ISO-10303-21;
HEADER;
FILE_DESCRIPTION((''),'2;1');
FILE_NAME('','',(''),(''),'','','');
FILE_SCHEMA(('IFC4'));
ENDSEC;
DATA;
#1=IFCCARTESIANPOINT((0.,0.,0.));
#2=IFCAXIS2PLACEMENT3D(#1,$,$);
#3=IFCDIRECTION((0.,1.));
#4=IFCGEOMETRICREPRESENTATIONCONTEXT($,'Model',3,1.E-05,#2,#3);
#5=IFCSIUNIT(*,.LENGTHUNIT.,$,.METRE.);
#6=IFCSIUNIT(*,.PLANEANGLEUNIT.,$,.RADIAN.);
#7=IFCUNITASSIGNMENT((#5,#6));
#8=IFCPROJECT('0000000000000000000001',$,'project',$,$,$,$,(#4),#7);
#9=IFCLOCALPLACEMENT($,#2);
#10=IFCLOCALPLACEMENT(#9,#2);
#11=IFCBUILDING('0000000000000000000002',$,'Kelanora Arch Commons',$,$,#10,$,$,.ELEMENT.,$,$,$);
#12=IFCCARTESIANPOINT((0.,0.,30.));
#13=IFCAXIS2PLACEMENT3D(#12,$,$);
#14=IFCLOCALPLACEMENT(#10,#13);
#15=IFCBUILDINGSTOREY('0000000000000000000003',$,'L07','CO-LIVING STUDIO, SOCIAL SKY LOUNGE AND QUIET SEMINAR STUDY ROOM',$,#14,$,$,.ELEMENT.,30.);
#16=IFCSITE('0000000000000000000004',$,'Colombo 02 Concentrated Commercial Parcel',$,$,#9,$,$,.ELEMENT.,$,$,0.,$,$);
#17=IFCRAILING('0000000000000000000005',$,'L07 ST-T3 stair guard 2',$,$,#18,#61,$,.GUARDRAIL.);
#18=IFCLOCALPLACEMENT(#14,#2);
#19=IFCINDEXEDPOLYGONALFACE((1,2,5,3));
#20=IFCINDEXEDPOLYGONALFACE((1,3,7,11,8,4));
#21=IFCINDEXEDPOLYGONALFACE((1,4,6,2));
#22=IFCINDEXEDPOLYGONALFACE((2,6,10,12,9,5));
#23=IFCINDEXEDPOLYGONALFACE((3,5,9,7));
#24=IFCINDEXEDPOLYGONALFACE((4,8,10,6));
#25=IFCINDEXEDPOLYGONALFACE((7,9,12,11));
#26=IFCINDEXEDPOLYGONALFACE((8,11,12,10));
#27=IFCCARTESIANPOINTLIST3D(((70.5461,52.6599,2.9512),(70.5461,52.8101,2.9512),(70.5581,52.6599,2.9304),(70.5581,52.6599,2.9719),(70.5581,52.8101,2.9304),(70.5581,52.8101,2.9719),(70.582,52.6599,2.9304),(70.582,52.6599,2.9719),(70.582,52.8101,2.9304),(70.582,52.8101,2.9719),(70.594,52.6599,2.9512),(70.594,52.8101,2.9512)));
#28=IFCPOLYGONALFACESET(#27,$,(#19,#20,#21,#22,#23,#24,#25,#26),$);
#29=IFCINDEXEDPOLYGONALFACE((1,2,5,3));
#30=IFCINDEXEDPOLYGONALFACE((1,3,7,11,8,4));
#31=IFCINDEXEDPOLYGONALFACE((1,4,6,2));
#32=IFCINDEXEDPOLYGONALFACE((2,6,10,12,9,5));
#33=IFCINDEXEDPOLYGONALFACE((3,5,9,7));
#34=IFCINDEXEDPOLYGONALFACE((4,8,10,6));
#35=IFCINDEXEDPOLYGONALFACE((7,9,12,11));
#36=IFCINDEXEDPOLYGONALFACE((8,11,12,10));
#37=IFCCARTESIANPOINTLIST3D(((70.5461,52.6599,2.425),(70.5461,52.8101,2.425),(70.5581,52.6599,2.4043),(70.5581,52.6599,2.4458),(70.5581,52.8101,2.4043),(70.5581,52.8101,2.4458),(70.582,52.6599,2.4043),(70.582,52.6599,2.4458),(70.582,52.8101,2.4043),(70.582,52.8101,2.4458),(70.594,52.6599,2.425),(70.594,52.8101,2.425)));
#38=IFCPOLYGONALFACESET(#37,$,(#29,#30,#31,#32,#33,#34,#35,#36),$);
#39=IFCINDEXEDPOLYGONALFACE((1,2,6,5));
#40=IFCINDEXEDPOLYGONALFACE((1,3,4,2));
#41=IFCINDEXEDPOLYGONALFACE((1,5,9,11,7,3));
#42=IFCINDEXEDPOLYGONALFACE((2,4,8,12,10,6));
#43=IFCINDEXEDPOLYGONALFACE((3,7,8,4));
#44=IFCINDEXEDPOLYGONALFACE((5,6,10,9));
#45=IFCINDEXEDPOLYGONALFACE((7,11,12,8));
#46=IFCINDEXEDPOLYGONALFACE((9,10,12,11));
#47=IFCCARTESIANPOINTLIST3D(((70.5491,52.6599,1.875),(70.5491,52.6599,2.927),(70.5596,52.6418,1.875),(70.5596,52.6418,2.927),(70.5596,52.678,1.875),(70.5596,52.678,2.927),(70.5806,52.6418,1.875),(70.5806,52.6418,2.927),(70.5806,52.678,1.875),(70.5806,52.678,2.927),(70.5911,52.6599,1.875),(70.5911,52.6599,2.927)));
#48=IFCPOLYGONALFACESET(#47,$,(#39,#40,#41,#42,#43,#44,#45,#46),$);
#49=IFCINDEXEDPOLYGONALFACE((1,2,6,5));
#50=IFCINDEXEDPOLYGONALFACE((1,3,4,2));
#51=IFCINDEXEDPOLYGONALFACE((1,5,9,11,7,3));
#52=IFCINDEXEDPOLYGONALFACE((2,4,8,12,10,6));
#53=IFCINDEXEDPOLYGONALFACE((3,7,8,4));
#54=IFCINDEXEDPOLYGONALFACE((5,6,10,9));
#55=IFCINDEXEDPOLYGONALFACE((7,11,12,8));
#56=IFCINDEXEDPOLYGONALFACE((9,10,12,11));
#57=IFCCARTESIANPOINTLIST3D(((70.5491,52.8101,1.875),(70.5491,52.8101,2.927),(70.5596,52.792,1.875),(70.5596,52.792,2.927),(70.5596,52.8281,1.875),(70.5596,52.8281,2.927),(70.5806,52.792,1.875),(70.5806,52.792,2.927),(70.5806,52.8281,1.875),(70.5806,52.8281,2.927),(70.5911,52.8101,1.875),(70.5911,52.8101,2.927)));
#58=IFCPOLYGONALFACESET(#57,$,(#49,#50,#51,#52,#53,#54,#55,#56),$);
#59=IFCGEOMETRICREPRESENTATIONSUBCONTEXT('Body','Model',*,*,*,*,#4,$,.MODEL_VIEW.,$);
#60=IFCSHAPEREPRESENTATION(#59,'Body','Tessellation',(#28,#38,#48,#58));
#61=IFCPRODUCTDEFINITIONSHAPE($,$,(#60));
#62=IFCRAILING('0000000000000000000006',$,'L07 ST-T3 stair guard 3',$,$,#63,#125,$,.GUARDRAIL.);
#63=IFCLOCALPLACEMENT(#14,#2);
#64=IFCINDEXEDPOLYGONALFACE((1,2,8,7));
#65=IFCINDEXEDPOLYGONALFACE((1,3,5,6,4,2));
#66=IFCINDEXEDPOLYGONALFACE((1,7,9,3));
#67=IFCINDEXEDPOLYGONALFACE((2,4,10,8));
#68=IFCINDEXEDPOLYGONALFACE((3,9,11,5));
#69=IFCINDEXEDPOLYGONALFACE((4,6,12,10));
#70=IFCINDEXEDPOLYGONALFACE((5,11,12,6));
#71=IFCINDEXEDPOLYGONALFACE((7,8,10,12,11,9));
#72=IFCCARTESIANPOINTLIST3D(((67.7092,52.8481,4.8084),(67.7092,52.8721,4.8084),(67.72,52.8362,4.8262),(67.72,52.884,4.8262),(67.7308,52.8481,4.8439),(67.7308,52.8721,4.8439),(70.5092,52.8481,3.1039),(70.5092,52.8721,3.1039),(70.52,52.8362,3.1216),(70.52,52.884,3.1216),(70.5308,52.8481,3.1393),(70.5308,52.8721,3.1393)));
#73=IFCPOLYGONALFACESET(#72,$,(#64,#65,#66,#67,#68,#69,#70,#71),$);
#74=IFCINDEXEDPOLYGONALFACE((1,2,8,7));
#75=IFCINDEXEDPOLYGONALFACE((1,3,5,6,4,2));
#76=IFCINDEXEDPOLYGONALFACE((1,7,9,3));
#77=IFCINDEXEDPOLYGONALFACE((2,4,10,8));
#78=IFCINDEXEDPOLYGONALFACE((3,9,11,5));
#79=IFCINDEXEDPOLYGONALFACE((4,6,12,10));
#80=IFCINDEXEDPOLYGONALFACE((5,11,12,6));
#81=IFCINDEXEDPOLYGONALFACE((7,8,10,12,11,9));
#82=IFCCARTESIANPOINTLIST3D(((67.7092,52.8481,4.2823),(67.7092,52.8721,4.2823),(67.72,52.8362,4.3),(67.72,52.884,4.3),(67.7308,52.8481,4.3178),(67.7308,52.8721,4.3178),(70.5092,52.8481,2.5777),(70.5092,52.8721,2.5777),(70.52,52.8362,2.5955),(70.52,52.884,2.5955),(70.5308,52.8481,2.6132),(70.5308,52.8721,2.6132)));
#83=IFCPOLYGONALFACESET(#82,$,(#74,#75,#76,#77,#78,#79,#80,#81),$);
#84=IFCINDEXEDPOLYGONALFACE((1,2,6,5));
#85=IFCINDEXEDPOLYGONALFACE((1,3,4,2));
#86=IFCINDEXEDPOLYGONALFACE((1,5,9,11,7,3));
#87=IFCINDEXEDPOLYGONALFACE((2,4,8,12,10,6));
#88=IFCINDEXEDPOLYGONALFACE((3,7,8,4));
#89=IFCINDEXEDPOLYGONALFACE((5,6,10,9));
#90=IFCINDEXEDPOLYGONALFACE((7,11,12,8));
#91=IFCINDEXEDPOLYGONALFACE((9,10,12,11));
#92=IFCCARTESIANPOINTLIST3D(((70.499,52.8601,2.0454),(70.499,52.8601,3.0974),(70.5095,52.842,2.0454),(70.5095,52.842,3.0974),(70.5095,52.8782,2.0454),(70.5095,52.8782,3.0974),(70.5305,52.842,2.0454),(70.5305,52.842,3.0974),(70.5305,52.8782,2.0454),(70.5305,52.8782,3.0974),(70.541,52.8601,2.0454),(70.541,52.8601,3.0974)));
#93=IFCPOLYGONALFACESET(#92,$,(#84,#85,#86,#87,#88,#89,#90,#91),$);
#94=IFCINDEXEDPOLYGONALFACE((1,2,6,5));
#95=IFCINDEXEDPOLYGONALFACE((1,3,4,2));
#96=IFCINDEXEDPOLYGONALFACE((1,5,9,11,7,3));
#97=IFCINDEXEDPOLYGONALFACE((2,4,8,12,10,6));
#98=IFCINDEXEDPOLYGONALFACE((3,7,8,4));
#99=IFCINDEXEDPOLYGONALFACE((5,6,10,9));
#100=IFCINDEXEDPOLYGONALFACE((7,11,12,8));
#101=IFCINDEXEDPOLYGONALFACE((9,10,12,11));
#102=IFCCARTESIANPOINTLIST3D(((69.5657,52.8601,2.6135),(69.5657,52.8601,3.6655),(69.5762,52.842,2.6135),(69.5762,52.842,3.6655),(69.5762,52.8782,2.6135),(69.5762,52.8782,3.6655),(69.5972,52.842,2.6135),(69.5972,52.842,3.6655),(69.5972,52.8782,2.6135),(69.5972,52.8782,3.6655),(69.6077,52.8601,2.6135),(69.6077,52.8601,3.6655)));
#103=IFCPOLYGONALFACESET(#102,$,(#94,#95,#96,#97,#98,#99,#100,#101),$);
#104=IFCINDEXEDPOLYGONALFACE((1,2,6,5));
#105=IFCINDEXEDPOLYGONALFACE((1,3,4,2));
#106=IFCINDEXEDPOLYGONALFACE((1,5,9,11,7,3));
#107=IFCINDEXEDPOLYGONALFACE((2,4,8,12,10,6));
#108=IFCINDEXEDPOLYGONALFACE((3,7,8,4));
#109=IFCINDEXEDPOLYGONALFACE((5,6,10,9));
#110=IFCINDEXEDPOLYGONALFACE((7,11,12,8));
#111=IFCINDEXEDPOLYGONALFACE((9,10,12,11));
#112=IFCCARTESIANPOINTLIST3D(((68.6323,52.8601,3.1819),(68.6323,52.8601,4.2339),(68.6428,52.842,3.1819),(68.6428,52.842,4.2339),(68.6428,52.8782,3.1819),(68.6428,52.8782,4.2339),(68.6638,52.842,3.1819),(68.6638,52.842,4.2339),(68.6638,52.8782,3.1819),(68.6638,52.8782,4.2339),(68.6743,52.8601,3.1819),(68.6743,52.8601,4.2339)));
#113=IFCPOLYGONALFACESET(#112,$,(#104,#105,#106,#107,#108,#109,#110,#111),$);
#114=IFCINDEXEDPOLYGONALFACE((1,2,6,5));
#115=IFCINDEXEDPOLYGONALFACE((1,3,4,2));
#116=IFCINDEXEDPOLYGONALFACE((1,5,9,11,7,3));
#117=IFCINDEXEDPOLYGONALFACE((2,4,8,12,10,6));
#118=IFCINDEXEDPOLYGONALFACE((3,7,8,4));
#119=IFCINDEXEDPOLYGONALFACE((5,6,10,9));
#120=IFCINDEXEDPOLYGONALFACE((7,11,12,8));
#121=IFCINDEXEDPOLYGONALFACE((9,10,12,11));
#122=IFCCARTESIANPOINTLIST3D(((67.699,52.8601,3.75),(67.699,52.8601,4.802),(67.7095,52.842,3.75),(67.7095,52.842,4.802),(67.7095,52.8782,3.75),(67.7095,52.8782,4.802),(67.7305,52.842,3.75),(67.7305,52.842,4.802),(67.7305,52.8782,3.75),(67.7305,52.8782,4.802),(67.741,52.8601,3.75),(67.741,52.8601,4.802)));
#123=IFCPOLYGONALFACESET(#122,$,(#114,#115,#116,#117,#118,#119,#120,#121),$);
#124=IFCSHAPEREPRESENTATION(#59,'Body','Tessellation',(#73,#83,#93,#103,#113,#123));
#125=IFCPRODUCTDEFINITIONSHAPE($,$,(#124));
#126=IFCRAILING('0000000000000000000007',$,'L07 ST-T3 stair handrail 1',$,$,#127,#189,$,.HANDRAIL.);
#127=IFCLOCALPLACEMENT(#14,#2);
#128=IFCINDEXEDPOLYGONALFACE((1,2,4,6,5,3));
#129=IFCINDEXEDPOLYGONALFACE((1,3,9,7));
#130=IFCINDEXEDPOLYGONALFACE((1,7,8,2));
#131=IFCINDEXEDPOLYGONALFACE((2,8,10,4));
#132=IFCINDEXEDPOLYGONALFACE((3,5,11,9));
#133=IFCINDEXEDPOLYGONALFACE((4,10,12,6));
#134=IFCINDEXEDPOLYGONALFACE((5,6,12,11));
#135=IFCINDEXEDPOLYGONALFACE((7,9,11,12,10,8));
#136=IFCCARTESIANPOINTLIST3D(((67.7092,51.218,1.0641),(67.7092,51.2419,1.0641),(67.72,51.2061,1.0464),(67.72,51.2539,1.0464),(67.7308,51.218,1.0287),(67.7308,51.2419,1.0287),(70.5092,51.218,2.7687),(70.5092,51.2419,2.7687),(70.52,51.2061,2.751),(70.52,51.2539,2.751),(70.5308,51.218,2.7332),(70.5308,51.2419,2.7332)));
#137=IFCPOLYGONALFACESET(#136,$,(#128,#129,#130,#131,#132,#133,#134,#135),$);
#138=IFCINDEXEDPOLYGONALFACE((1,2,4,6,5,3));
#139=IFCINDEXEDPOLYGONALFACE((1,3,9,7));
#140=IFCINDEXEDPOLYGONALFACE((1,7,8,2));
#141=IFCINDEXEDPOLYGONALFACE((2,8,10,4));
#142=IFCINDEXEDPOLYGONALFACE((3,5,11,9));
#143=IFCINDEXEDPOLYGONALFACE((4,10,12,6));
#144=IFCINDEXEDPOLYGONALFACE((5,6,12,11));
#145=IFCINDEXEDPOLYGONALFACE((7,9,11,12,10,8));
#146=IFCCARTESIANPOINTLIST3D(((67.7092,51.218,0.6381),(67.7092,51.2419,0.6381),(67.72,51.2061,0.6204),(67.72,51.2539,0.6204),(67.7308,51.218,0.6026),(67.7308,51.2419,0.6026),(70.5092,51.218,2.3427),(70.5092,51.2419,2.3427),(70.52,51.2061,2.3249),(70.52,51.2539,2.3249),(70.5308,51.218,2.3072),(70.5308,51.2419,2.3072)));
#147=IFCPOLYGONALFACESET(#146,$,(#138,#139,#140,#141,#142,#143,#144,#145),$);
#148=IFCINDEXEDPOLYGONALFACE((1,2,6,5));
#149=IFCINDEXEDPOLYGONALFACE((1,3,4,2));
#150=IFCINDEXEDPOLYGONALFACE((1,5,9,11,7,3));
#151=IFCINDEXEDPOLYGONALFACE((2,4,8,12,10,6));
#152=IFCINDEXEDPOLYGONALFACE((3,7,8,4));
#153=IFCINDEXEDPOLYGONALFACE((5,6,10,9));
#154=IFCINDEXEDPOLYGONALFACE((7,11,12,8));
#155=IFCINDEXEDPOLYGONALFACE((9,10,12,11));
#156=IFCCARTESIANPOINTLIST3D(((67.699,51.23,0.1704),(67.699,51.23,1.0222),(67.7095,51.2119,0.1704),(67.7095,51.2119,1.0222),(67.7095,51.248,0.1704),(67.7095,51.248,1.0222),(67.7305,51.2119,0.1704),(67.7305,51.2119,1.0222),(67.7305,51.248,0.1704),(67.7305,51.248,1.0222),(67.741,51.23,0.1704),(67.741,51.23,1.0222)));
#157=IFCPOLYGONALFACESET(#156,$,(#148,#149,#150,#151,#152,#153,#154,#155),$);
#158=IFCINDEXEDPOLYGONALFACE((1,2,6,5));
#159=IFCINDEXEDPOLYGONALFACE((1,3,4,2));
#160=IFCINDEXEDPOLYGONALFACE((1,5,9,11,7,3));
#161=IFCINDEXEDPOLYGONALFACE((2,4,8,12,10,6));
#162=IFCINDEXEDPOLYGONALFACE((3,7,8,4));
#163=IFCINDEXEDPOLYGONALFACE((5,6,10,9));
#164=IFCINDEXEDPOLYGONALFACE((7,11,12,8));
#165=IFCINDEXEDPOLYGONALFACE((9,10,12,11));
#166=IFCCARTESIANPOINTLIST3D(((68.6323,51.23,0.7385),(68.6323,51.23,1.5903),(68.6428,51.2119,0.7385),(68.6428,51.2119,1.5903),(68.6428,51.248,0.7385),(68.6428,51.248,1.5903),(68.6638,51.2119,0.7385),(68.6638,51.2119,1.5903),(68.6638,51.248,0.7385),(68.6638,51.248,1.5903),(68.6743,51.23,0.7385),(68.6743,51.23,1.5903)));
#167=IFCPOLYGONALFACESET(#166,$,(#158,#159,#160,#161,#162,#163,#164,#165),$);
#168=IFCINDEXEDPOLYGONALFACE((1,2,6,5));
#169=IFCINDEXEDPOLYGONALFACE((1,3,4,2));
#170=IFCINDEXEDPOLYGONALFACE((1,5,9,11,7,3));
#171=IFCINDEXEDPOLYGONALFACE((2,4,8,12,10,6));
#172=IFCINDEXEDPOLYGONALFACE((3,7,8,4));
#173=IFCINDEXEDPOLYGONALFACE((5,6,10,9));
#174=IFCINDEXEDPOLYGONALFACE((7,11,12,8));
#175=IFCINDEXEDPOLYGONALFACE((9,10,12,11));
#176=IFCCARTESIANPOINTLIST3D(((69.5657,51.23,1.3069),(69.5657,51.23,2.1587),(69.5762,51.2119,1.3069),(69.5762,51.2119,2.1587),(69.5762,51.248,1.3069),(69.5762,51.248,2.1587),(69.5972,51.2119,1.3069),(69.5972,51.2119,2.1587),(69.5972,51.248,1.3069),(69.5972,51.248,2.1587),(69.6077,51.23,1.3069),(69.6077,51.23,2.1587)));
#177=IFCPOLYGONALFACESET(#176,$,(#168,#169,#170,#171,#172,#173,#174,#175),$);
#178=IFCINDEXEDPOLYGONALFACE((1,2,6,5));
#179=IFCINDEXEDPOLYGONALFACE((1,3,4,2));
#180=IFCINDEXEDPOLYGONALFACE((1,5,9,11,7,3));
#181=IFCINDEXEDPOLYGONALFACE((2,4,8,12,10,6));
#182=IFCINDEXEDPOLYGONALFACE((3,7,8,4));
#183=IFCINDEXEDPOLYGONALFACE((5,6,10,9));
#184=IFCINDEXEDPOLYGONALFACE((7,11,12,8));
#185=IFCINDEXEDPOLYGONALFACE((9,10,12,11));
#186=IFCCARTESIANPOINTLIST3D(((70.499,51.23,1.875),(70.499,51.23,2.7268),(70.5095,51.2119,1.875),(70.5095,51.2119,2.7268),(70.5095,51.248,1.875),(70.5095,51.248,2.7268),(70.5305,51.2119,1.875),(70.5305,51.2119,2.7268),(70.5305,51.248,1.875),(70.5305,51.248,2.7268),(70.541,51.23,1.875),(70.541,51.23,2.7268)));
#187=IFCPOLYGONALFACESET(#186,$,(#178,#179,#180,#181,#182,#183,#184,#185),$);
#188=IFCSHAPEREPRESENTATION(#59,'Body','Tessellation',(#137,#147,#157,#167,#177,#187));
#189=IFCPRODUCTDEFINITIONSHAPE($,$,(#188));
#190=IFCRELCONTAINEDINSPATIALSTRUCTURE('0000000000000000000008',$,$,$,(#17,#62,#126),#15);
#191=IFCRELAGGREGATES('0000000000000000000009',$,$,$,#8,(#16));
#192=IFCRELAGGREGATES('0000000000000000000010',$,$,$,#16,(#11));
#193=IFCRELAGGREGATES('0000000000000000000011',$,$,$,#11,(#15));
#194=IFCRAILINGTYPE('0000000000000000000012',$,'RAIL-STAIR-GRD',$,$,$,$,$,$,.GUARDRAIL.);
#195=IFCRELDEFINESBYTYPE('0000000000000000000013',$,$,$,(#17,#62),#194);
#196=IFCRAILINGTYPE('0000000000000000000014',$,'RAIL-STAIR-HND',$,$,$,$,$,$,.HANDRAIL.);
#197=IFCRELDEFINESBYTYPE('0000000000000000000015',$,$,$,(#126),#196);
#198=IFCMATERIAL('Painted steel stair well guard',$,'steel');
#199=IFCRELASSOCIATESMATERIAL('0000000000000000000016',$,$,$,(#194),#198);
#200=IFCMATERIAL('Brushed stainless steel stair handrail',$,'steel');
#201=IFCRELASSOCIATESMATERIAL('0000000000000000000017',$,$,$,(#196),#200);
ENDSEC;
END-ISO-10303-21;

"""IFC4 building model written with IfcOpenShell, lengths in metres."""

from ifc_helpers import new_model, si_unit, direction, frame, origin, place, context, subcontext, project, spatial, polyline, outline, extrude, material, type_object, element, save


model = new_model("IFC4")

# Units and contexts
model_context = context("Model", 3, precision=1e-05, world=origin(), true_north=direction((0.0, 1.0)))
body_context = subcontext(model_context, "Body", "Model", "MODEL_VIEW")
ifc_project = project(units=[si_unit("LENGTHUNIT", "METRE"), si_unit("PLANEANGLEUNIT", "RADIAN")], contexts=[model_context])

# Site, building, storey
site_placement = place(None, origin())
site = spatial("IfcSite", under=ifc_project, at=site_placement, Name="Colombo 02 Concentrated Commercial Parcel", CompositionType="ELEMENT", RefElevation=0.0)
building_placement = place(site_placement, origin())
building = spatial("IfcBuilding", under=site, at=building_placement, Name="Kelanora Arch Commons", CompositionType="ELEMENT")
storey_placement = place(building_placement, frame((0.0, 0.0, 30.0)))
storey = spatial("IfcBuildingStorey", under=building, at=storey_placement, Name="L07", Description="CO-LIVING STUDIO, SOCIAL SKY LOUNGE AND QUIET SEMINAR STUDY ROOM", CompositionType="ELEMENT", Elevation=30.0)

# Railings
ifc_material_1 = material(Name="Painted steel stair well guard", Category="steel")
railing_type_1 = type_object("IfcRailingType", Name="RAIL-STAIR-GRD", PredefinedType="GUARDRAIL", material=ifc_material_1)
railing_1_placement = place(storey_placement, frame((70.5701, 52.6599, 1.875)))
element("IfcRailing", 1, at=railing_1_placement, inside=storey, type_object=railing_type_1, Name="L07 ST-T3 stair guard 2", PredefinedType="GUARDRAIL", context=body_context, shape_type="SweptSolid", body=[
    extrude(outline(polyline([(0.0239, 0.0), (0.012, 0.0208), (-0.012, 0.0208), (-0.0239, 0.0), (-0.012, -0.0208), (0.012, -0.0208), (0.0239, 0.0)])), frame((0.0, 0.0, 1.0762), z_axis=(0.0, 1.0, 0.0), x_axis=(-1.0, 0.0, 0.0)), (0.0, 0.0, 1.0), 0.1501),
    extrude(outline(polyline([(0.0239, 0.0), (0.012, 0.0208), (-0.012, 0.0208), (-0.0239, 0.0), (-0.012, -0.0208), (0.012, -0.0208), (0.0239, 0.0)])), frame((0.0, 0.0, 0.55), z_axis=(0.0, 1.0, 0.0), x_axis=(-1.0, 0.0, 0.0)), (0.0, 0.0, 1.0), 0.1501),
    extrude(outline(polyline([(0.021, 0.0), (0.0105, 0.0181), (-0.0105, 0.0181), (-0.021, 0.0), (-0.0105, -0.0181), (0.0105, -0.0181), (0.021, 0.0)])), origin(), (0.0, 0.0, 1.0), 1.052),
    extrude(outline(polyline([(0.021, 0.0), (0.0105, 0.0181), (-0.0105, 0.0181), (-0.021, 0.0), (-0.0105, -0.0181), (0.0105, -0.0181), (0.021, 0.0)])), frame((0.0, 0.1501, 0.0)), (0.0, 0.0, 1.0), 1.052),
])
railing_2_placement = place(storey_placement, frame((70.52, 52.8601, 2.0454)))
element("IfcRailing", 2, at=railing_2_placement, inside=storey, type_object=railing_type_1, Name="L07 ST-T3 stair guard 3", PredefinedType="GUARDRAIL", context=body_context, shape_type="SweptSolid", body=[
    extrude(outline(polyline([(0.0239, 0.0), (0.012, 0.0208), (-0.012, 0.0208), (-0.0239, 0.0), (-0.012, -0.0208), (0.012, -0.0208), (0.0239, 0.0)])), frame((0.0, 0.0, 1.0762), z_axis=(-0.85417, 0.0, 0.519994), x_axis=(0.0, -1.0, 0.0)), (0.0, 0.0, 1.0), 3.2781),
    extrude(outline(polyline([(0.0239, 0.0), (0.012, 0.0208), (-0.012, 0.0208), (-0.0239, 0.0), (-0.012, -0.0208), (0.012, -0.0208), (0.0239, 0.0)])), frame((0.0, 0.0, 0.55), z_axis=(-0.85417, 0.0, 0.519994), x_axis=(0.0, -1.0, 0.0)), (0.0, 0.0, 1.0), 3.2781),
    extrude(outline(polyline([(0.021, 0.0), (0.0105, 0.0181), (-0.0105, 0.0181), (-0.021, 0.0), (-0.0105, -0.0181), (0.0105, -0.0181), (0.021, 0.0)])), origin(), (0.0, 0.0, 1.0), 1.052),
    extrude(outline(polyline([(0.021, 0.0), (0.0105, 0.0181), (-0.0105, 0.0181), (-0.021, 0.0), (-0.0105, -0.0181), (0.0105, -0.0181), (0.021, 0.0)])), frame((-0.9333, 0.0, 0.5681)), (0.0, 0.0, 1.0), 1.052),
    extrude(outline(polyline([(0.021, 0.0), (0.0105, 0.0181), (-0.0105, 0.0181), (-0.021, 0.0), (-0.0105, -0.0181), (0.0105, -0.0181), (0.021, 0.0)])), frame((-1.8667, 0.0, 1.1365)), (0.0, 0.0, 1.0), 1.052),
    extrude(outline(polyline([(0.021, 0.0), (0.0105, 0.0181), (-0.0105, 0.0181), (-0.021, 0.0), (-0.0105, -0.0181), (0.0105, -0.0181), (0.021, 0.0)])), frame((-2.8, 0.0, 1.7046)), (0.0, 0.0, 1.0), 1.052),
])
ifc_material_2 = material(Name="Brushed stainless steel stair handrail", Category="steel")
railing_type_2 = type_object("IfcRailingType", Name="RAIL-STAIR-HND", PredefinedType="HANDRAIL", material=ifc_material_2)
railing_3_placement = place(storey_placement, frame((67.72, 51.23, 0.1704)))
element("IfcRailing", 3, at=railing_3_placement, inside=storey, type_object=railing_type_2, Name="L07 ST-T3 stair handrail 1", PredefinedType="HANDRAIL", context=body_context, shape_type="SweptSolid", body=[
    extrude(outline(polyline([(0.0239, 0.0), (0.012, 0.0208), (-0.012, 0.0208), (-0.0239, 0.0), (-0.012, -0.0208), (0.012, -0.0208), (0.0239, 0.0)])), frame((0.0, 0.0, 0.876), z_axis=(0.85417, 0.0, 0.519994), x_axis=(0.0, 1.0, 0.0)), (0.0, 0.0, 1.0), 3.2781),
    extrude(outline(polyline([(0.0239, 0.0), (0.012, 0.0208), (-0.012, 0.0208), (-0.0239, 0.0), (-0.012, -0.0208), (0.012, -0.0208), (0.0239, 0.0)])), frame((0.0, 0.0, 0.45), z_axis=(0.85417, 0.0, 0.519994), x_axis=(0.0, 1.0, 0.0)), (0.0, 0.0, 1.0), 3.2781),
    extrude(outline(polyline([(0.021, 0.0), (0.0105, 0.0181), (-0.0105, 0.0181), (-0.021, 0.0), (-0.0105, -0.0181), (0.0105, -0.0181), (0.021, 0.0)])), origin(), (0.0, 0.0, 1.0), 0.8518),
    extrude(outline(polyline([(0.021, 0.0), (0.0105, 0.0181), (-0.0105, 0.0181), (-0.021, 0.0), (-0.0105, -0.0181), (0.0105, -0.0181), (0.021, 0.0)])), frame((0.9333, 0.0, 0.5681)), (0.0, 0.0, 1.0), 0.8518),
    extrude(outline(polyline([(0.021, 0.0), (0.0105, 0.0181), (-0.0105, 0.0181), (-0.021, 0.0), (-0.0105, -0.0181), (0.0105, -0.0181), (0.021, 0.0)])), frame((1.8667, 0.0, 1.1365)), (0.0, 0.0, 1.0), 0.8518),
    extrude(outline(polyline([(0.021, 0.0), (0.0105, 0.0181), (-0.0105, 0.0181), (-0.021, 0.0), (-0.0105, -0.0181), (0.0105, -0.0181), (0.021, 0.0)])), frame((2.8, 0.0, 1.7046)), (0.0, 0.0, 1.0), 0.8518),
])

save(model, "model.ifc")
